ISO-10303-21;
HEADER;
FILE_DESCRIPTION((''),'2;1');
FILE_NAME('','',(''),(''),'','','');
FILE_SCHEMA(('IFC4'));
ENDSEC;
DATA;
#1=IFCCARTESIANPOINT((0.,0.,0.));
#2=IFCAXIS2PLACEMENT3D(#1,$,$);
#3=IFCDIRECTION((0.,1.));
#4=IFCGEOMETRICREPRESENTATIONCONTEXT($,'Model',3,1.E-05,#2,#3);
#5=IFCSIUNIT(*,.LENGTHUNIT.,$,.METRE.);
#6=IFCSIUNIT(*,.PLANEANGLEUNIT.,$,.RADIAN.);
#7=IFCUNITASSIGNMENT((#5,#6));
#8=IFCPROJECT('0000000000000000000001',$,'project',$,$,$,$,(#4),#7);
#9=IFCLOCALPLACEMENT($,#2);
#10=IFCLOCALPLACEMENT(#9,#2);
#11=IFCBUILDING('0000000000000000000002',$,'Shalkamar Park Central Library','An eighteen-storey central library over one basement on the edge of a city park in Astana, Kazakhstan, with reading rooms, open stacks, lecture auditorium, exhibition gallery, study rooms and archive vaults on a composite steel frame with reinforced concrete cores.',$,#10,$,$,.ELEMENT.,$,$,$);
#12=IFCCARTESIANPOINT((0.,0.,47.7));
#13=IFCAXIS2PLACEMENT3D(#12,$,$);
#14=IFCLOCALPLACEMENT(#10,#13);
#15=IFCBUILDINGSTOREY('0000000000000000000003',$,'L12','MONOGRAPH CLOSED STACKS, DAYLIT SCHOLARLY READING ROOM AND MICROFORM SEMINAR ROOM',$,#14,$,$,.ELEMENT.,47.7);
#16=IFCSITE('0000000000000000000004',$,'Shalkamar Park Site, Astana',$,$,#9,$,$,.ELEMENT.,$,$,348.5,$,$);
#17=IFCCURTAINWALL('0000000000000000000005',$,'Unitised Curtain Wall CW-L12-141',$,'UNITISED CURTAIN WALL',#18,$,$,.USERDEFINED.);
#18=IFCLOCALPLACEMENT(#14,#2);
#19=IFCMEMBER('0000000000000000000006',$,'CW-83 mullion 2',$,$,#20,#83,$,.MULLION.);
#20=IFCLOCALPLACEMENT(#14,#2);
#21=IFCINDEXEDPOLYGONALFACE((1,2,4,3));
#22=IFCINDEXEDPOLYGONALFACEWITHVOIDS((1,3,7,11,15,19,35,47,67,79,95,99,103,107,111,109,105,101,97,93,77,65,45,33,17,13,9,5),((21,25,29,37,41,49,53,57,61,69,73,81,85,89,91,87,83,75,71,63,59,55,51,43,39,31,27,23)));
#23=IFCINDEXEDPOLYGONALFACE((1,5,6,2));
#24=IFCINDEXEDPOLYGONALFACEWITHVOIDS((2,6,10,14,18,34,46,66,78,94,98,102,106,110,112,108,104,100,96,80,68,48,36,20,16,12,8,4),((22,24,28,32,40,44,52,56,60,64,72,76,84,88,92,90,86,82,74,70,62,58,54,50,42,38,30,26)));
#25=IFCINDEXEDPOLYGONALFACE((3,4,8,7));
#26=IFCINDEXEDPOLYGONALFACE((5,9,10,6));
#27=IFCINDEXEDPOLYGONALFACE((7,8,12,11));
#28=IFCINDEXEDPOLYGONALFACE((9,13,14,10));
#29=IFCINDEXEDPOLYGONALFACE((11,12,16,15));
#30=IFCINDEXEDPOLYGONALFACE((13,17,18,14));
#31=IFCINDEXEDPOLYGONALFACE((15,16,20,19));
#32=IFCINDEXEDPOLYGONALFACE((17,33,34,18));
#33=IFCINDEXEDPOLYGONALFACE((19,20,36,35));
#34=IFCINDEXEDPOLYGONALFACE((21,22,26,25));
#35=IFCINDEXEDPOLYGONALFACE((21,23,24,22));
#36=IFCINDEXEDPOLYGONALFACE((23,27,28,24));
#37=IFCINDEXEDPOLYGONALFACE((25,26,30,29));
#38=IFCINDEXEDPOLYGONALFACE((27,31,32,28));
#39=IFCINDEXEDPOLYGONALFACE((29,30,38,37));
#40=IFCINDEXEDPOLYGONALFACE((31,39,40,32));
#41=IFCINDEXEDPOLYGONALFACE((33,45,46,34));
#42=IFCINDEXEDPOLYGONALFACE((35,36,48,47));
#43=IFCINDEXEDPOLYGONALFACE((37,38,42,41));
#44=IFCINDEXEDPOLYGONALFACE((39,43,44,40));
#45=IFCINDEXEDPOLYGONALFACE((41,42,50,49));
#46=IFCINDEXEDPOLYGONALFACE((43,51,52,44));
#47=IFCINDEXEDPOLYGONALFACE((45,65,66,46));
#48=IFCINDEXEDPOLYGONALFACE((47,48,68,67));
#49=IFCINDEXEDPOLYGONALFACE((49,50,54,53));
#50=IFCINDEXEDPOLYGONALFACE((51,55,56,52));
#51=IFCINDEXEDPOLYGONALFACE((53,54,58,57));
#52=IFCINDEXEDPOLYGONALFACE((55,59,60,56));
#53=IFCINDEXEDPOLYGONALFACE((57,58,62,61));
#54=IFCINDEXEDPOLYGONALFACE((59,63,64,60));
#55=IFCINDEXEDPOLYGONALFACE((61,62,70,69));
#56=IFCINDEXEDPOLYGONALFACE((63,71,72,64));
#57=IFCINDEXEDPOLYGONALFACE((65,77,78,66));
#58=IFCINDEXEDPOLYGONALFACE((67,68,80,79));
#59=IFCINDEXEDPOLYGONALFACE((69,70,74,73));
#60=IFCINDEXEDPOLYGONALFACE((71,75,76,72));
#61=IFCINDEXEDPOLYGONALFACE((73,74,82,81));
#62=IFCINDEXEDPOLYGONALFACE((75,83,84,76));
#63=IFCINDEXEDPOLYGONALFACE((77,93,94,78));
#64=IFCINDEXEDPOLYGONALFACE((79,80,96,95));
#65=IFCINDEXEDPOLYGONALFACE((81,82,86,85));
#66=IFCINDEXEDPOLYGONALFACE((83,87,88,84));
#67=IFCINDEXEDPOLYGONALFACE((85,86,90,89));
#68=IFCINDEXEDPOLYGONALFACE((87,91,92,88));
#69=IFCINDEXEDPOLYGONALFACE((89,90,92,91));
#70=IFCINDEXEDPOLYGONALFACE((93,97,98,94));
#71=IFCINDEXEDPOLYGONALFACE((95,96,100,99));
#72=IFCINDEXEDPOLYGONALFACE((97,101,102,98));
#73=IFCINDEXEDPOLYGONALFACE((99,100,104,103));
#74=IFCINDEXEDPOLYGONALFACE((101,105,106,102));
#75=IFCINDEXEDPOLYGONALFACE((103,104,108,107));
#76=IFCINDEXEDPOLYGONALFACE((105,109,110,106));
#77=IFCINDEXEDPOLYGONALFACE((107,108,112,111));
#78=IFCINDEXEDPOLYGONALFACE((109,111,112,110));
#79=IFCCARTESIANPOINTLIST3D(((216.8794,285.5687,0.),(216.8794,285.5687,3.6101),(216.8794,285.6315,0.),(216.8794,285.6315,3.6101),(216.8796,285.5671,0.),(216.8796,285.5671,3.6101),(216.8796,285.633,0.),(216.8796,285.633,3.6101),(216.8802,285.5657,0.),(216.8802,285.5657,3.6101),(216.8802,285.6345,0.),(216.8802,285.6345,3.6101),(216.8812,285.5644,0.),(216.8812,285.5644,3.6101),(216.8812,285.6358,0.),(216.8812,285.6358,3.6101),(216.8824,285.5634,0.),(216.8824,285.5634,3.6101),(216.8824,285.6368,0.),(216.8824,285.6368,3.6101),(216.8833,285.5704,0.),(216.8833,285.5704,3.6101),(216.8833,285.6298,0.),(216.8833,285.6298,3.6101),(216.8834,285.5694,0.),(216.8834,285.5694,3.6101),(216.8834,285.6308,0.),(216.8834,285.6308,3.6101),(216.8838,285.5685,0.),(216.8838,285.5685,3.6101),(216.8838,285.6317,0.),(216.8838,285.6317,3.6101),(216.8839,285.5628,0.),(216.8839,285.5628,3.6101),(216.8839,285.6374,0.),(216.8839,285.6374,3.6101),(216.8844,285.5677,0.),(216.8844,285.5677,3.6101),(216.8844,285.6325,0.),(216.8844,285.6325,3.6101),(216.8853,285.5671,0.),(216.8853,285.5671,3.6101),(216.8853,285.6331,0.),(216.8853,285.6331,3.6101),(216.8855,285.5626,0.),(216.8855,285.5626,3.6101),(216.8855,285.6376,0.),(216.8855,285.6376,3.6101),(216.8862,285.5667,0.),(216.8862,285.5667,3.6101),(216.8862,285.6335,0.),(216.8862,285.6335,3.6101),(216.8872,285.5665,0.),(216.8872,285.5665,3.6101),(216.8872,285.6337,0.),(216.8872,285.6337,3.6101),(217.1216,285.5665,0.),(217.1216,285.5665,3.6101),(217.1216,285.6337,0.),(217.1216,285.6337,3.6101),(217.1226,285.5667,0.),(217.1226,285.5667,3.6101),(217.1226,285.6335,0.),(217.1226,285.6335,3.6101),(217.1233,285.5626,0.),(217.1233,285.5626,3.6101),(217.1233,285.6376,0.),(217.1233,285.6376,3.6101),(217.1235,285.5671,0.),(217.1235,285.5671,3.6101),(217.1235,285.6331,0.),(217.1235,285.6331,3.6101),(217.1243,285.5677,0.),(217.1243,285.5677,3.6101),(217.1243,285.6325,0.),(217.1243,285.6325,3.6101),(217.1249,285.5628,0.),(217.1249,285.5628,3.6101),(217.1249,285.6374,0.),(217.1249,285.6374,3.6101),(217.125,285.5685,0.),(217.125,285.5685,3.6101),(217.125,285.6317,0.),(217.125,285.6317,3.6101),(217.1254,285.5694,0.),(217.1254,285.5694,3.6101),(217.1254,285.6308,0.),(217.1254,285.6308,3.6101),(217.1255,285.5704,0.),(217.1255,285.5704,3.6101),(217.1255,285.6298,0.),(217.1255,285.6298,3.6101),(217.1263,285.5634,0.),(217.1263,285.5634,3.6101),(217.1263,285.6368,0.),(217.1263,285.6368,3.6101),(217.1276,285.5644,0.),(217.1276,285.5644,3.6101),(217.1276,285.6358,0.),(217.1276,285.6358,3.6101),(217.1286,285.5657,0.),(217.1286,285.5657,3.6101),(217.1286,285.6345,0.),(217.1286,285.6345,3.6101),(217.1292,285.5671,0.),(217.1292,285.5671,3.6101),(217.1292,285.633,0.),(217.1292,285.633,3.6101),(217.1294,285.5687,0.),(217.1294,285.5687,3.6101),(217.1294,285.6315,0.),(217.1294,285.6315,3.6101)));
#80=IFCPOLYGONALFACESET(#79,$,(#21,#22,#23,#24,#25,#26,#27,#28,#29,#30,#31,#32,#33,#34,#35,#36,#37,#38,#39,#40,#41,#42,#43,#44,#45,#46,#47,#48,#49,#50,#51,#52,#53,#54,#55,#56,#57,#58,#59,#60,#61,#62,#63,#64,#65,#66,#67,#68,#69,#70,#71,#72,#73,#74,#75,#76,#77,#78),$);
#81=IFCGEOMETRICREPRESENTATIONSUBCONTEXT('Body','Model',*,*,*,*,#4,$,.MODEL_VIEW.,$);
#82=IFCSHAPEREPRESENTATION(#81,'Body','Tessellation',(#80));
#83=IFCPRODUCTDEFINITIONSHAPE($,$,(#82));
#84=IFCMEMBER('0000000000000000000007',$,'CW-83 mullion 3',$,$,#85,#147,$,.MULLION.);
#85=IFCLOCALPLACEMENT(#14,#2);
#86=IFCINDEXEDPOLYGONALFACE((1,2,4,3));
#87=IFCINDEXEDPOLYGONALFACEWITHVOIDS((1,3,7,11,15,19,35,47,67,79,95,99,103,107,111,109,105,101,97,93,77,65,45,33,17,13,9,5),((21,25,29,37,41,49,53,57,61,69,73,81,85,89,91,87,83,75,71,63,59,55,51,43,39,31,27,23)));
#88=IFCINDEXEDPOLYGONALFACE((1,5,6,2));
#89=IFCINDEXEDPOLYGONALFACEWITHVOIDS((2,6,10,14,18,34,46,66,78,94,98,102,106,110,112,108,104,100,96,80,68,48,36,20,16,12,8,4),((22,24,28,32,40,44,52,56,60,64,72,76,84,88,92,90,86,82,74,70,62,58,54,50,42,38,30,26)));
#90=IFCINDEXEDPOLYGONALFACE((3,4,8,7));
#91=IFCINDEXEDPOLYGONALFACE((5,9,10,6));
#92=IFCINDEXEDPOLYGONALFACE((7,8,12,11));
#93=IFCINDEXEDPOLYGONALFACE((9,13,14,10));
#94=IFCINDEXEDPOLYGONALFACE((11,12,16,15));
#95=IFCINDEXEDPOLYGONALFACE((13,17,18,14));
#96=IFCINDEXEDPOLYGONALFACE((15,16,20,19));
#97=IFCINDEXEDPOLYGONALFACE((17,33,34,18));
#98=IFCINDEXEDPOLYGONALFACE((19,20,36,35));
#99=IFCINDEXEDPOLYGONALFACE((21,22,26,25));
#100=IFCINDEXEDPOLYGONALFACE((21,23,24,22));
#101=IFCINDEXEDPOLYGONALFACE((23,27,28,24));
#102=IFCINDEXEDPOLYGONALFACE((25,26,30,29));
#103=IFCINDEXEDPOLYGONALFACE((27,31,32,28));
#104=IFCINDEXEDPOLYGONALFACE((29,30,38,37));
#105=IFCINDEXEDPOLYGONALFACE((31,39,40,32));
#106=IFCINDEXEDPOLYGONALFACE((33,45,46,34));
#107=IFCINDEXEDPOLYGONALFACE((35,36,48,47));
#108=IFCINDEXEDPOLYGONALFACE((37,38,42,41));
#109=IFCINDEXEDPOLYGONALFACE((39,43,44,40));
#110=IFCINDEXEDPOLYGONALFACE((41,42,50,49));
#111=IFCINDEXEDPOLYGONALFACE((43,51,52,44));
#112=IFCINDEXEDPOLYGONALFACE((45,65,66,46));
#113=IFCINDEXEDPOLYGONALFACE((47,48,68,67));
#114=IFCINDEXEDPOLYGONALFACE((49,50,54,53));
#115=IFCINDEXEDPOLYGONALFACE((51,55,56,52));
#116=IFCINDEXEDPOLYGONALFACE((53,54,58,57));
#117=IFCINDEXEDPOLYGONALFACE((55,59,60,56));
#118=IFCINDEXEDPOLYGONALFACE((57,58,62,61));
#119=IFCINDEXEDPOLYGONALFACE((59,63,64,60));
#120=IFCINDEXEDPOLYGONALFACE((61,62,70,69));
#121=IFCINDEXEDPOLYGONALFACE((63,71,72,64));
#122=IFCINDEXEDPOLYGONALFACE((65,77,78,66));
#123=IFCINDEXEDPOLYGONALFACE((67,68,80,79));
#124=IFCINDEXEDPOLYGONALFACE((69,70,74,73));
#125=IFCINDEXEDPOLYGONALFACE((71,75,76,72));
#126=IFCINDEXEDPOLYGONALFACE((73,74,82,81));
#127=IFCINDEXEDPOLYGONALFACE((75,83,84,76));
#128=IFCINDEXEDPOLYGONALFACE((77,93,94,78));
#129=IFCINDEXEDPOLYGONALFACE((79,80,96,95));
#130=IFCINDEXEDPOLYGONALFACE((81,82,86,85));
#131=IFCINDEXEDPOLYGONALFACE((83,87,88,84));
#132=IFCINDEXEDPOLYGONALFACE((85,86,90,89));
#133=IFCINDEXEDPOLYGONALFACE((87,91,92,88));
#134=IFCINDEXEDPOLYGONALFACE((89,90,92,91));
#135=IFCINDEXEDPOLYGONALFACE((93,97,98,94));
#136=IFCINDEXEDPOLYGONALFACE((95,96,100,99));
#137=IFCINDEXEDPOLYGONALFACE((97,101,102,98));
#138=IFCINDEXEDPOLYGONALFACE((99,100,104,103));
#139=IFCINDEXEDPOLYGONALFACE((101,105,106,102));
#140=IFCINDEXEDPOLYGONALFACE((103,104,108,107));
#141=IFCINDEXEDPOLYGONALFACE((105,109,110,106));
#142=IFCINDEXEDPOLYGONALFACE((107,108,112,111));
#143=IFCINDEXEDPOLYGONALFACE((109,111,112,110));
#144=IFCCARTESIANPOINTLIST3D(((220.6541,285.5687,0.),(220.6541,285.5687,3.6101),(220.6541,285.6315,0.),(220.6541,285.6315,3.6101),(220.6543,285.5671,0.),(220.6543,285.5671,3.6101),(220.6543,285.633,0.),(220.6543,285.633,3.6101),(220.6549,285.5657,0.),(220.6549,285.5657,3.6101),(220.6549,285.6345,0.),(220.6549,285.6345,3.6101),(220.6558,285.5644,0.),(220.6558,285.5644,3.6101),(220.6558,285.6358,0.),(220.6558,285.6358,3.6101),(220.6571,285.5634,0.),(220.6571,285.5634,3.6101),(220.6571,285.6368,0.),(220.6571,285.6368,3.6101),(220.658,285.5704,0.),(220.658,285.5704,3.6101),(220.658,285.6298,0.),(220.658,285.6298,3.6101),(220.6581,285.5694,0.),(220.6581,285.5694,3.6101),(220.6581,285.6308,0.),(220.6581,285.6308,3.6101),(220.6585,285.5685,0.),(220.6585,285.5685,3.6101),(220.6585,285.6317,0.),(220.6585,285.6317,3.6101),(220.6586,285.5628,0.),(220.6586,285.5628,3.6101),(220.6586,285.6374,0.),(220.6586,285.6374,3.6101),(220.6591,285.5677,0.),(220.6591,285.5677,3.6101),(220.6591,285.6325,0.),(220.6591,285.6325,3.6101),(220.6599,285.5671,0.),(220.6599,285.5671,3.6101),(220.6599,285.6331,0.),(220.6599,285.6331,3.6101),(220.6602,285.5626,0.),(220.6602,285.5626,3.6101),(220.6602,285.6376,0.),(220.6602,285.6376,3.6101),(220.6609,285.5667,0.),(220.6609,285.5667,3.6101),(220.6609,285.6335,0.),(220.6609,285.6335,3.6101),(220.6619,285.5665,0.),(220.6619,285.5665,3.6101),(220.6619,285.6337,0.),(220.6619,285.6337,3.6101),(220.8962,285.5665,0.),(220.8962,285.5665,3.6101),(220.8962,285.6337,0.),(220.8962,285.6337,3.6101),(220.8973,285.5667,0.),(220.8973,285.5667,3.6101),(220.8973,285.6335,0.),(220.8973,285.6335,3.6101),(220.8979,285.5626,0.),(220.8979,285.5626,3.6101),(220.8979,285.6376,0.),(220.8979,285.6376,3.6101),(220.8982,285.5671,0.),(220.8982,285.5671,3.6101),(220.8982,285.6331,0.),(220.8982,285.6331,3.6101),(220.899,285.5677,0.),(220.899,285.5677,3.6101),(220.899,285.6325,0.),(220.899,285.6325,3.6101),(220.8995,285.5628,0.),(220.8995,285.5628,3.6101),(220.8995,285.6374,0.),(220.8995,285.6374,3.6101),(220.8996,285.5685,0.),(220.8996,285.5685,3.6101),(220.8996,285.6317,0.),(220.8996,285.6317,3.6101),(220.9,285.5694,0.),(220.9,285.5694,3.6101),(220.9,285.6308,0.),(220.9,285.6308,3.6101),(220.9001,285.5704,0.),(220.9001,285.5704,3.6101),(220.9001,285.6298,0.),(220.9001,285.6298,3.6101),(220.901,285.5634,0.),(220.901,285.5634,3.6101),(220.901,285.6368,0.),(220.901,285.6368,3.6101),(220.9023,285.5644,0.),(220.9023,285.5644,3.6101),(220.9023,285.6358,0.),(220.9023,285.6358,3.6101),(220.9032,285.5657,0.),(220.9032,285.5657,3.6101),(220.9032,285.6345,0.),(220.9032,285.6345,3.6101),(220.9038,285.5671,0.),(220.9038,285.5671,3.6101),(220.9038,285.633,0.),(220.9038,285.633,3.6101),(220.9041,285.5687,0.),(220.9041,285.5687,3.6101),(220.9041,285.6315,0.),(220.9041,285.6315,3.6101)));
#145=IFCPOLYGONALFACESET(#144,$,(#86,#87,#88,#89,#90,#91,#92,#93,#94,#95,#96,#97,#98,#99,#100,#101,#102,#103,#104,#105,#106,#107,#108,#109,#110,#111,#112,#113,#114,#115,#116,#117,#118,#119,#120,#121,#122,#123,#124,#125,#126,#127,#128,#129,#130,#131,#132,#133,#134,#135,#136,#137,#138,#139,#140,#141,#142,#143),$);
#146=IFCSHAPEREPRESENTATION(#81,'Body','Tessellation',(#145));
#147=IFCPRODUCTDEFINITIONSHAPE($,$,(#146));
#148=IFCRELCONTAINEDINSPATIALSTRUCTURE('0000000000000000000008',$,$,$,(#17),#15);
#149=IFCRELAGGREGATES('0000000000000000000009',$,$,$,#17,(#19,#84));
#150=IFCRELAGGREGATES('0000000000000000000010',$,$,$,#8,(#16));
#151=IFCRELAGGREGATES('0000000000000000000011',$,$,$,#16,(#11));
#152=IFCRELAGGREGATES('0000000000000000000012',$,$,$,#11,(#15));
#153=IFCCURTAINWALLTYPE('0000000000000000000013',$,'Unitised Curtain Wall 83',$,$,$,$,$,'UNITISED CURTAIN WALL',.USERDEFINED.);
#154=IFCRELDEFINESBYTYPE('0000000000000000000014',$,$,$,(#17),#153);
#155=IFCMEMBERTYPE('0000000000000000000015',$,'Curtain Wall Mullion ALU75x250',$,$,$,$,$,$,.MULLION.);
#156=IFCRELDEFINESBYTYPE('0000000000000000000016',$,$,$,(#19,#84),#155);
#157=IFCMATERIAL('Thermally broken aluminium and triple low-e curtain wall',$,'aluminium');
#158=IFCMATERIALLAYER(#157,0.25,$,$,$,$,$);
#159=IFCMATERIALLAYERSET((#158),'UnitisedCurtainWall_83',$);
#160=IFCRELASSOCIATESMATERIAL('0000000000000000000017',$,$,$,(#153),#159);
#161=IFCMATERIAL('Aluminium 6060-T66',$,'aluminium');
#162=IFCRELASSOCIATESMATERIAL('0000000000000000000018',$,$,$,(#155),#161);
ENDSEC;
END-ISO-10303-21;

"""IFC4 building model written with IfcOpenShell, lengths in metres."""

from ifc_helpers import new_model, si_unit, direction, frame, origin, origin_2d, place, context, subcontext, project, spatial, hollow_rectangle, extrude, material, layer, layer_set, material_profile, profile_set, type_object, element, aggregate, save


model = new_model("IFC4")

# Units and contexts
model_context = context("Model", 3, precision=1e-05, world=origin(), true_north=direction((0.0, 1.0)))
body_context = subcontext(model_context, "Body", "Model", "MODEL_VIEW")
ifc_project = project(units=[si_unit("LENGTHUNIT", "METRE"), si_unit("PLANEANGLEUNIT", "RADIAN")], contexts=[model_context])

# Site, building, storey
site_placement = place(None, origin())
site = spatial("IfcSite", under=ifc_project, at=site_placement, Name="Shalkamar Park Site, Astana", CompositionType="ELEMENT", RefElevation=348.5)
building_placement = place(site_placement, origin())
building = spatial("IfcBuilding", under=site, at=building_placement, Name="Shalkamar Park Central Library", Description="An eighteen-storey central library over one basement on the edge of a city park in Astana, Kazakhstan, with reading rooms, open stacks, lecture auditorium, exhibition gallery, study rooms and archive vaults on a composite steel frame with reinforced concrete cores.", CompositionType="ELEMENT")
storey_placement = place(building_placement, frame((0.0, 0.0, 47.7)))
storey = spatial("IfcBuildingStorey", under=building, at=storey_placement, Name="L12", Description="MONOGRAPH CLOSED STACKS, DAYLIT SCHOLARLY READING ROOM AND MICROFORM SEMINAR ROOM", CompositionType="ELEMENT", Elevation=47.7)

# Curtain wall, members
ifc_material_1 = material(Name="Thermally broken aluminium and triple low-e curtain wall", Category="aluminium")
ifc_layer_1 = layer(ifc_material_1, 0.25)
ifc_layer_set_1 = layer_set([ifc_layer_1], Name="UnitisedCurtainWall_83")
curtain_wall_type_1 = type_object("IfcCurtainWallType", Name="Unitised Curtain Wall 83", ElementType="UNITISED CURTAIN WALL", PredefinedType="USERDEFINED", material=ifc_layer_set_1)
curtain_wall_1_placement = place(storey_placement, origin())
curtain_wall_1 = element("IfcCurtainWall", 1, at=curtain_wall_1_placement, inside=storey, type_object=curtain_wall_type_1, Name="Unitised Curtain Wall CW-L12-141", ObjectType="UNITISED CURTAIN WALL", PredefinedType="USERDEFINED")
ifc_material_2 = material(Name="Aluminium 6060-T66", Category="aluminium")
ifc_material_profile_1 = material_profile(ifc_material_2, hollow_rectangle(XDim=0.075, YDim=0.25, WallThickness=0.0039, InnerFilletRadius=0.0039, OuterFilletRadius=0.0061, at=origin_2d()), Name="ALU 75x250x4")
ifc_profile_set_1 = profile_set([ifc_material_profile_1], Name="Aluminium 6060-T66")
member_type_1 = type_object("IfcMemberType", Name="Curtain Wall Mullion ALU75x250", PredefinedType="MULLION", material=ifc_profile_set_1)
member_1_placement = place(storey_placement, frame((217.0044, 285.6001, 0.0), z_axis=(0.0, 0.0, 1.0), x_axis=(0.0, 1.0, 0.0)))
member_1 = element("IfcMember", 2, at=member_1_placement, type_object=member_type_1, Name="CW-83 mullion 2", PredefinedType="MULLION", context=body_context, shape_type="SweptSolid", body=[
    extrude(hollow_rectangle(XDim=0.075, YDim=0.25, WallThickness=0.0039, InnerFilletRadius=0.0039, OuterFilletRadius=0.0061, at=origin_2d()), origin(), (0.0, 0.0, 1.0), 3.6101),
])
member_2_placement = place(storey_placement, frame((220.7791, 285.6001, 0.0), z_axis=(0.0, 0.0, 1.0), x_axis=(0.0, 1.0, 0.0)))
member_2 = element("IfcMember", 3, at=member_2_placement, type_object=member_type_1, Name="CW-83 mullion 3", PredefinedType="MULLION", context=body_context, shape_type="SweptSolid", body=[
    extrude(hollow_rectangle(XDim=0.075, YDim=0.25, WallThickness=0.0039, InnerFilletRadius=0.0039, OuterFilletRadius=0.0061, at=origin_2d()), origin(), (0.0, 0.0, 1.0), 3.6101),
])

aggregate(curtain_wall_1, [member_1, member_2])

save(model, "model.ifc")
